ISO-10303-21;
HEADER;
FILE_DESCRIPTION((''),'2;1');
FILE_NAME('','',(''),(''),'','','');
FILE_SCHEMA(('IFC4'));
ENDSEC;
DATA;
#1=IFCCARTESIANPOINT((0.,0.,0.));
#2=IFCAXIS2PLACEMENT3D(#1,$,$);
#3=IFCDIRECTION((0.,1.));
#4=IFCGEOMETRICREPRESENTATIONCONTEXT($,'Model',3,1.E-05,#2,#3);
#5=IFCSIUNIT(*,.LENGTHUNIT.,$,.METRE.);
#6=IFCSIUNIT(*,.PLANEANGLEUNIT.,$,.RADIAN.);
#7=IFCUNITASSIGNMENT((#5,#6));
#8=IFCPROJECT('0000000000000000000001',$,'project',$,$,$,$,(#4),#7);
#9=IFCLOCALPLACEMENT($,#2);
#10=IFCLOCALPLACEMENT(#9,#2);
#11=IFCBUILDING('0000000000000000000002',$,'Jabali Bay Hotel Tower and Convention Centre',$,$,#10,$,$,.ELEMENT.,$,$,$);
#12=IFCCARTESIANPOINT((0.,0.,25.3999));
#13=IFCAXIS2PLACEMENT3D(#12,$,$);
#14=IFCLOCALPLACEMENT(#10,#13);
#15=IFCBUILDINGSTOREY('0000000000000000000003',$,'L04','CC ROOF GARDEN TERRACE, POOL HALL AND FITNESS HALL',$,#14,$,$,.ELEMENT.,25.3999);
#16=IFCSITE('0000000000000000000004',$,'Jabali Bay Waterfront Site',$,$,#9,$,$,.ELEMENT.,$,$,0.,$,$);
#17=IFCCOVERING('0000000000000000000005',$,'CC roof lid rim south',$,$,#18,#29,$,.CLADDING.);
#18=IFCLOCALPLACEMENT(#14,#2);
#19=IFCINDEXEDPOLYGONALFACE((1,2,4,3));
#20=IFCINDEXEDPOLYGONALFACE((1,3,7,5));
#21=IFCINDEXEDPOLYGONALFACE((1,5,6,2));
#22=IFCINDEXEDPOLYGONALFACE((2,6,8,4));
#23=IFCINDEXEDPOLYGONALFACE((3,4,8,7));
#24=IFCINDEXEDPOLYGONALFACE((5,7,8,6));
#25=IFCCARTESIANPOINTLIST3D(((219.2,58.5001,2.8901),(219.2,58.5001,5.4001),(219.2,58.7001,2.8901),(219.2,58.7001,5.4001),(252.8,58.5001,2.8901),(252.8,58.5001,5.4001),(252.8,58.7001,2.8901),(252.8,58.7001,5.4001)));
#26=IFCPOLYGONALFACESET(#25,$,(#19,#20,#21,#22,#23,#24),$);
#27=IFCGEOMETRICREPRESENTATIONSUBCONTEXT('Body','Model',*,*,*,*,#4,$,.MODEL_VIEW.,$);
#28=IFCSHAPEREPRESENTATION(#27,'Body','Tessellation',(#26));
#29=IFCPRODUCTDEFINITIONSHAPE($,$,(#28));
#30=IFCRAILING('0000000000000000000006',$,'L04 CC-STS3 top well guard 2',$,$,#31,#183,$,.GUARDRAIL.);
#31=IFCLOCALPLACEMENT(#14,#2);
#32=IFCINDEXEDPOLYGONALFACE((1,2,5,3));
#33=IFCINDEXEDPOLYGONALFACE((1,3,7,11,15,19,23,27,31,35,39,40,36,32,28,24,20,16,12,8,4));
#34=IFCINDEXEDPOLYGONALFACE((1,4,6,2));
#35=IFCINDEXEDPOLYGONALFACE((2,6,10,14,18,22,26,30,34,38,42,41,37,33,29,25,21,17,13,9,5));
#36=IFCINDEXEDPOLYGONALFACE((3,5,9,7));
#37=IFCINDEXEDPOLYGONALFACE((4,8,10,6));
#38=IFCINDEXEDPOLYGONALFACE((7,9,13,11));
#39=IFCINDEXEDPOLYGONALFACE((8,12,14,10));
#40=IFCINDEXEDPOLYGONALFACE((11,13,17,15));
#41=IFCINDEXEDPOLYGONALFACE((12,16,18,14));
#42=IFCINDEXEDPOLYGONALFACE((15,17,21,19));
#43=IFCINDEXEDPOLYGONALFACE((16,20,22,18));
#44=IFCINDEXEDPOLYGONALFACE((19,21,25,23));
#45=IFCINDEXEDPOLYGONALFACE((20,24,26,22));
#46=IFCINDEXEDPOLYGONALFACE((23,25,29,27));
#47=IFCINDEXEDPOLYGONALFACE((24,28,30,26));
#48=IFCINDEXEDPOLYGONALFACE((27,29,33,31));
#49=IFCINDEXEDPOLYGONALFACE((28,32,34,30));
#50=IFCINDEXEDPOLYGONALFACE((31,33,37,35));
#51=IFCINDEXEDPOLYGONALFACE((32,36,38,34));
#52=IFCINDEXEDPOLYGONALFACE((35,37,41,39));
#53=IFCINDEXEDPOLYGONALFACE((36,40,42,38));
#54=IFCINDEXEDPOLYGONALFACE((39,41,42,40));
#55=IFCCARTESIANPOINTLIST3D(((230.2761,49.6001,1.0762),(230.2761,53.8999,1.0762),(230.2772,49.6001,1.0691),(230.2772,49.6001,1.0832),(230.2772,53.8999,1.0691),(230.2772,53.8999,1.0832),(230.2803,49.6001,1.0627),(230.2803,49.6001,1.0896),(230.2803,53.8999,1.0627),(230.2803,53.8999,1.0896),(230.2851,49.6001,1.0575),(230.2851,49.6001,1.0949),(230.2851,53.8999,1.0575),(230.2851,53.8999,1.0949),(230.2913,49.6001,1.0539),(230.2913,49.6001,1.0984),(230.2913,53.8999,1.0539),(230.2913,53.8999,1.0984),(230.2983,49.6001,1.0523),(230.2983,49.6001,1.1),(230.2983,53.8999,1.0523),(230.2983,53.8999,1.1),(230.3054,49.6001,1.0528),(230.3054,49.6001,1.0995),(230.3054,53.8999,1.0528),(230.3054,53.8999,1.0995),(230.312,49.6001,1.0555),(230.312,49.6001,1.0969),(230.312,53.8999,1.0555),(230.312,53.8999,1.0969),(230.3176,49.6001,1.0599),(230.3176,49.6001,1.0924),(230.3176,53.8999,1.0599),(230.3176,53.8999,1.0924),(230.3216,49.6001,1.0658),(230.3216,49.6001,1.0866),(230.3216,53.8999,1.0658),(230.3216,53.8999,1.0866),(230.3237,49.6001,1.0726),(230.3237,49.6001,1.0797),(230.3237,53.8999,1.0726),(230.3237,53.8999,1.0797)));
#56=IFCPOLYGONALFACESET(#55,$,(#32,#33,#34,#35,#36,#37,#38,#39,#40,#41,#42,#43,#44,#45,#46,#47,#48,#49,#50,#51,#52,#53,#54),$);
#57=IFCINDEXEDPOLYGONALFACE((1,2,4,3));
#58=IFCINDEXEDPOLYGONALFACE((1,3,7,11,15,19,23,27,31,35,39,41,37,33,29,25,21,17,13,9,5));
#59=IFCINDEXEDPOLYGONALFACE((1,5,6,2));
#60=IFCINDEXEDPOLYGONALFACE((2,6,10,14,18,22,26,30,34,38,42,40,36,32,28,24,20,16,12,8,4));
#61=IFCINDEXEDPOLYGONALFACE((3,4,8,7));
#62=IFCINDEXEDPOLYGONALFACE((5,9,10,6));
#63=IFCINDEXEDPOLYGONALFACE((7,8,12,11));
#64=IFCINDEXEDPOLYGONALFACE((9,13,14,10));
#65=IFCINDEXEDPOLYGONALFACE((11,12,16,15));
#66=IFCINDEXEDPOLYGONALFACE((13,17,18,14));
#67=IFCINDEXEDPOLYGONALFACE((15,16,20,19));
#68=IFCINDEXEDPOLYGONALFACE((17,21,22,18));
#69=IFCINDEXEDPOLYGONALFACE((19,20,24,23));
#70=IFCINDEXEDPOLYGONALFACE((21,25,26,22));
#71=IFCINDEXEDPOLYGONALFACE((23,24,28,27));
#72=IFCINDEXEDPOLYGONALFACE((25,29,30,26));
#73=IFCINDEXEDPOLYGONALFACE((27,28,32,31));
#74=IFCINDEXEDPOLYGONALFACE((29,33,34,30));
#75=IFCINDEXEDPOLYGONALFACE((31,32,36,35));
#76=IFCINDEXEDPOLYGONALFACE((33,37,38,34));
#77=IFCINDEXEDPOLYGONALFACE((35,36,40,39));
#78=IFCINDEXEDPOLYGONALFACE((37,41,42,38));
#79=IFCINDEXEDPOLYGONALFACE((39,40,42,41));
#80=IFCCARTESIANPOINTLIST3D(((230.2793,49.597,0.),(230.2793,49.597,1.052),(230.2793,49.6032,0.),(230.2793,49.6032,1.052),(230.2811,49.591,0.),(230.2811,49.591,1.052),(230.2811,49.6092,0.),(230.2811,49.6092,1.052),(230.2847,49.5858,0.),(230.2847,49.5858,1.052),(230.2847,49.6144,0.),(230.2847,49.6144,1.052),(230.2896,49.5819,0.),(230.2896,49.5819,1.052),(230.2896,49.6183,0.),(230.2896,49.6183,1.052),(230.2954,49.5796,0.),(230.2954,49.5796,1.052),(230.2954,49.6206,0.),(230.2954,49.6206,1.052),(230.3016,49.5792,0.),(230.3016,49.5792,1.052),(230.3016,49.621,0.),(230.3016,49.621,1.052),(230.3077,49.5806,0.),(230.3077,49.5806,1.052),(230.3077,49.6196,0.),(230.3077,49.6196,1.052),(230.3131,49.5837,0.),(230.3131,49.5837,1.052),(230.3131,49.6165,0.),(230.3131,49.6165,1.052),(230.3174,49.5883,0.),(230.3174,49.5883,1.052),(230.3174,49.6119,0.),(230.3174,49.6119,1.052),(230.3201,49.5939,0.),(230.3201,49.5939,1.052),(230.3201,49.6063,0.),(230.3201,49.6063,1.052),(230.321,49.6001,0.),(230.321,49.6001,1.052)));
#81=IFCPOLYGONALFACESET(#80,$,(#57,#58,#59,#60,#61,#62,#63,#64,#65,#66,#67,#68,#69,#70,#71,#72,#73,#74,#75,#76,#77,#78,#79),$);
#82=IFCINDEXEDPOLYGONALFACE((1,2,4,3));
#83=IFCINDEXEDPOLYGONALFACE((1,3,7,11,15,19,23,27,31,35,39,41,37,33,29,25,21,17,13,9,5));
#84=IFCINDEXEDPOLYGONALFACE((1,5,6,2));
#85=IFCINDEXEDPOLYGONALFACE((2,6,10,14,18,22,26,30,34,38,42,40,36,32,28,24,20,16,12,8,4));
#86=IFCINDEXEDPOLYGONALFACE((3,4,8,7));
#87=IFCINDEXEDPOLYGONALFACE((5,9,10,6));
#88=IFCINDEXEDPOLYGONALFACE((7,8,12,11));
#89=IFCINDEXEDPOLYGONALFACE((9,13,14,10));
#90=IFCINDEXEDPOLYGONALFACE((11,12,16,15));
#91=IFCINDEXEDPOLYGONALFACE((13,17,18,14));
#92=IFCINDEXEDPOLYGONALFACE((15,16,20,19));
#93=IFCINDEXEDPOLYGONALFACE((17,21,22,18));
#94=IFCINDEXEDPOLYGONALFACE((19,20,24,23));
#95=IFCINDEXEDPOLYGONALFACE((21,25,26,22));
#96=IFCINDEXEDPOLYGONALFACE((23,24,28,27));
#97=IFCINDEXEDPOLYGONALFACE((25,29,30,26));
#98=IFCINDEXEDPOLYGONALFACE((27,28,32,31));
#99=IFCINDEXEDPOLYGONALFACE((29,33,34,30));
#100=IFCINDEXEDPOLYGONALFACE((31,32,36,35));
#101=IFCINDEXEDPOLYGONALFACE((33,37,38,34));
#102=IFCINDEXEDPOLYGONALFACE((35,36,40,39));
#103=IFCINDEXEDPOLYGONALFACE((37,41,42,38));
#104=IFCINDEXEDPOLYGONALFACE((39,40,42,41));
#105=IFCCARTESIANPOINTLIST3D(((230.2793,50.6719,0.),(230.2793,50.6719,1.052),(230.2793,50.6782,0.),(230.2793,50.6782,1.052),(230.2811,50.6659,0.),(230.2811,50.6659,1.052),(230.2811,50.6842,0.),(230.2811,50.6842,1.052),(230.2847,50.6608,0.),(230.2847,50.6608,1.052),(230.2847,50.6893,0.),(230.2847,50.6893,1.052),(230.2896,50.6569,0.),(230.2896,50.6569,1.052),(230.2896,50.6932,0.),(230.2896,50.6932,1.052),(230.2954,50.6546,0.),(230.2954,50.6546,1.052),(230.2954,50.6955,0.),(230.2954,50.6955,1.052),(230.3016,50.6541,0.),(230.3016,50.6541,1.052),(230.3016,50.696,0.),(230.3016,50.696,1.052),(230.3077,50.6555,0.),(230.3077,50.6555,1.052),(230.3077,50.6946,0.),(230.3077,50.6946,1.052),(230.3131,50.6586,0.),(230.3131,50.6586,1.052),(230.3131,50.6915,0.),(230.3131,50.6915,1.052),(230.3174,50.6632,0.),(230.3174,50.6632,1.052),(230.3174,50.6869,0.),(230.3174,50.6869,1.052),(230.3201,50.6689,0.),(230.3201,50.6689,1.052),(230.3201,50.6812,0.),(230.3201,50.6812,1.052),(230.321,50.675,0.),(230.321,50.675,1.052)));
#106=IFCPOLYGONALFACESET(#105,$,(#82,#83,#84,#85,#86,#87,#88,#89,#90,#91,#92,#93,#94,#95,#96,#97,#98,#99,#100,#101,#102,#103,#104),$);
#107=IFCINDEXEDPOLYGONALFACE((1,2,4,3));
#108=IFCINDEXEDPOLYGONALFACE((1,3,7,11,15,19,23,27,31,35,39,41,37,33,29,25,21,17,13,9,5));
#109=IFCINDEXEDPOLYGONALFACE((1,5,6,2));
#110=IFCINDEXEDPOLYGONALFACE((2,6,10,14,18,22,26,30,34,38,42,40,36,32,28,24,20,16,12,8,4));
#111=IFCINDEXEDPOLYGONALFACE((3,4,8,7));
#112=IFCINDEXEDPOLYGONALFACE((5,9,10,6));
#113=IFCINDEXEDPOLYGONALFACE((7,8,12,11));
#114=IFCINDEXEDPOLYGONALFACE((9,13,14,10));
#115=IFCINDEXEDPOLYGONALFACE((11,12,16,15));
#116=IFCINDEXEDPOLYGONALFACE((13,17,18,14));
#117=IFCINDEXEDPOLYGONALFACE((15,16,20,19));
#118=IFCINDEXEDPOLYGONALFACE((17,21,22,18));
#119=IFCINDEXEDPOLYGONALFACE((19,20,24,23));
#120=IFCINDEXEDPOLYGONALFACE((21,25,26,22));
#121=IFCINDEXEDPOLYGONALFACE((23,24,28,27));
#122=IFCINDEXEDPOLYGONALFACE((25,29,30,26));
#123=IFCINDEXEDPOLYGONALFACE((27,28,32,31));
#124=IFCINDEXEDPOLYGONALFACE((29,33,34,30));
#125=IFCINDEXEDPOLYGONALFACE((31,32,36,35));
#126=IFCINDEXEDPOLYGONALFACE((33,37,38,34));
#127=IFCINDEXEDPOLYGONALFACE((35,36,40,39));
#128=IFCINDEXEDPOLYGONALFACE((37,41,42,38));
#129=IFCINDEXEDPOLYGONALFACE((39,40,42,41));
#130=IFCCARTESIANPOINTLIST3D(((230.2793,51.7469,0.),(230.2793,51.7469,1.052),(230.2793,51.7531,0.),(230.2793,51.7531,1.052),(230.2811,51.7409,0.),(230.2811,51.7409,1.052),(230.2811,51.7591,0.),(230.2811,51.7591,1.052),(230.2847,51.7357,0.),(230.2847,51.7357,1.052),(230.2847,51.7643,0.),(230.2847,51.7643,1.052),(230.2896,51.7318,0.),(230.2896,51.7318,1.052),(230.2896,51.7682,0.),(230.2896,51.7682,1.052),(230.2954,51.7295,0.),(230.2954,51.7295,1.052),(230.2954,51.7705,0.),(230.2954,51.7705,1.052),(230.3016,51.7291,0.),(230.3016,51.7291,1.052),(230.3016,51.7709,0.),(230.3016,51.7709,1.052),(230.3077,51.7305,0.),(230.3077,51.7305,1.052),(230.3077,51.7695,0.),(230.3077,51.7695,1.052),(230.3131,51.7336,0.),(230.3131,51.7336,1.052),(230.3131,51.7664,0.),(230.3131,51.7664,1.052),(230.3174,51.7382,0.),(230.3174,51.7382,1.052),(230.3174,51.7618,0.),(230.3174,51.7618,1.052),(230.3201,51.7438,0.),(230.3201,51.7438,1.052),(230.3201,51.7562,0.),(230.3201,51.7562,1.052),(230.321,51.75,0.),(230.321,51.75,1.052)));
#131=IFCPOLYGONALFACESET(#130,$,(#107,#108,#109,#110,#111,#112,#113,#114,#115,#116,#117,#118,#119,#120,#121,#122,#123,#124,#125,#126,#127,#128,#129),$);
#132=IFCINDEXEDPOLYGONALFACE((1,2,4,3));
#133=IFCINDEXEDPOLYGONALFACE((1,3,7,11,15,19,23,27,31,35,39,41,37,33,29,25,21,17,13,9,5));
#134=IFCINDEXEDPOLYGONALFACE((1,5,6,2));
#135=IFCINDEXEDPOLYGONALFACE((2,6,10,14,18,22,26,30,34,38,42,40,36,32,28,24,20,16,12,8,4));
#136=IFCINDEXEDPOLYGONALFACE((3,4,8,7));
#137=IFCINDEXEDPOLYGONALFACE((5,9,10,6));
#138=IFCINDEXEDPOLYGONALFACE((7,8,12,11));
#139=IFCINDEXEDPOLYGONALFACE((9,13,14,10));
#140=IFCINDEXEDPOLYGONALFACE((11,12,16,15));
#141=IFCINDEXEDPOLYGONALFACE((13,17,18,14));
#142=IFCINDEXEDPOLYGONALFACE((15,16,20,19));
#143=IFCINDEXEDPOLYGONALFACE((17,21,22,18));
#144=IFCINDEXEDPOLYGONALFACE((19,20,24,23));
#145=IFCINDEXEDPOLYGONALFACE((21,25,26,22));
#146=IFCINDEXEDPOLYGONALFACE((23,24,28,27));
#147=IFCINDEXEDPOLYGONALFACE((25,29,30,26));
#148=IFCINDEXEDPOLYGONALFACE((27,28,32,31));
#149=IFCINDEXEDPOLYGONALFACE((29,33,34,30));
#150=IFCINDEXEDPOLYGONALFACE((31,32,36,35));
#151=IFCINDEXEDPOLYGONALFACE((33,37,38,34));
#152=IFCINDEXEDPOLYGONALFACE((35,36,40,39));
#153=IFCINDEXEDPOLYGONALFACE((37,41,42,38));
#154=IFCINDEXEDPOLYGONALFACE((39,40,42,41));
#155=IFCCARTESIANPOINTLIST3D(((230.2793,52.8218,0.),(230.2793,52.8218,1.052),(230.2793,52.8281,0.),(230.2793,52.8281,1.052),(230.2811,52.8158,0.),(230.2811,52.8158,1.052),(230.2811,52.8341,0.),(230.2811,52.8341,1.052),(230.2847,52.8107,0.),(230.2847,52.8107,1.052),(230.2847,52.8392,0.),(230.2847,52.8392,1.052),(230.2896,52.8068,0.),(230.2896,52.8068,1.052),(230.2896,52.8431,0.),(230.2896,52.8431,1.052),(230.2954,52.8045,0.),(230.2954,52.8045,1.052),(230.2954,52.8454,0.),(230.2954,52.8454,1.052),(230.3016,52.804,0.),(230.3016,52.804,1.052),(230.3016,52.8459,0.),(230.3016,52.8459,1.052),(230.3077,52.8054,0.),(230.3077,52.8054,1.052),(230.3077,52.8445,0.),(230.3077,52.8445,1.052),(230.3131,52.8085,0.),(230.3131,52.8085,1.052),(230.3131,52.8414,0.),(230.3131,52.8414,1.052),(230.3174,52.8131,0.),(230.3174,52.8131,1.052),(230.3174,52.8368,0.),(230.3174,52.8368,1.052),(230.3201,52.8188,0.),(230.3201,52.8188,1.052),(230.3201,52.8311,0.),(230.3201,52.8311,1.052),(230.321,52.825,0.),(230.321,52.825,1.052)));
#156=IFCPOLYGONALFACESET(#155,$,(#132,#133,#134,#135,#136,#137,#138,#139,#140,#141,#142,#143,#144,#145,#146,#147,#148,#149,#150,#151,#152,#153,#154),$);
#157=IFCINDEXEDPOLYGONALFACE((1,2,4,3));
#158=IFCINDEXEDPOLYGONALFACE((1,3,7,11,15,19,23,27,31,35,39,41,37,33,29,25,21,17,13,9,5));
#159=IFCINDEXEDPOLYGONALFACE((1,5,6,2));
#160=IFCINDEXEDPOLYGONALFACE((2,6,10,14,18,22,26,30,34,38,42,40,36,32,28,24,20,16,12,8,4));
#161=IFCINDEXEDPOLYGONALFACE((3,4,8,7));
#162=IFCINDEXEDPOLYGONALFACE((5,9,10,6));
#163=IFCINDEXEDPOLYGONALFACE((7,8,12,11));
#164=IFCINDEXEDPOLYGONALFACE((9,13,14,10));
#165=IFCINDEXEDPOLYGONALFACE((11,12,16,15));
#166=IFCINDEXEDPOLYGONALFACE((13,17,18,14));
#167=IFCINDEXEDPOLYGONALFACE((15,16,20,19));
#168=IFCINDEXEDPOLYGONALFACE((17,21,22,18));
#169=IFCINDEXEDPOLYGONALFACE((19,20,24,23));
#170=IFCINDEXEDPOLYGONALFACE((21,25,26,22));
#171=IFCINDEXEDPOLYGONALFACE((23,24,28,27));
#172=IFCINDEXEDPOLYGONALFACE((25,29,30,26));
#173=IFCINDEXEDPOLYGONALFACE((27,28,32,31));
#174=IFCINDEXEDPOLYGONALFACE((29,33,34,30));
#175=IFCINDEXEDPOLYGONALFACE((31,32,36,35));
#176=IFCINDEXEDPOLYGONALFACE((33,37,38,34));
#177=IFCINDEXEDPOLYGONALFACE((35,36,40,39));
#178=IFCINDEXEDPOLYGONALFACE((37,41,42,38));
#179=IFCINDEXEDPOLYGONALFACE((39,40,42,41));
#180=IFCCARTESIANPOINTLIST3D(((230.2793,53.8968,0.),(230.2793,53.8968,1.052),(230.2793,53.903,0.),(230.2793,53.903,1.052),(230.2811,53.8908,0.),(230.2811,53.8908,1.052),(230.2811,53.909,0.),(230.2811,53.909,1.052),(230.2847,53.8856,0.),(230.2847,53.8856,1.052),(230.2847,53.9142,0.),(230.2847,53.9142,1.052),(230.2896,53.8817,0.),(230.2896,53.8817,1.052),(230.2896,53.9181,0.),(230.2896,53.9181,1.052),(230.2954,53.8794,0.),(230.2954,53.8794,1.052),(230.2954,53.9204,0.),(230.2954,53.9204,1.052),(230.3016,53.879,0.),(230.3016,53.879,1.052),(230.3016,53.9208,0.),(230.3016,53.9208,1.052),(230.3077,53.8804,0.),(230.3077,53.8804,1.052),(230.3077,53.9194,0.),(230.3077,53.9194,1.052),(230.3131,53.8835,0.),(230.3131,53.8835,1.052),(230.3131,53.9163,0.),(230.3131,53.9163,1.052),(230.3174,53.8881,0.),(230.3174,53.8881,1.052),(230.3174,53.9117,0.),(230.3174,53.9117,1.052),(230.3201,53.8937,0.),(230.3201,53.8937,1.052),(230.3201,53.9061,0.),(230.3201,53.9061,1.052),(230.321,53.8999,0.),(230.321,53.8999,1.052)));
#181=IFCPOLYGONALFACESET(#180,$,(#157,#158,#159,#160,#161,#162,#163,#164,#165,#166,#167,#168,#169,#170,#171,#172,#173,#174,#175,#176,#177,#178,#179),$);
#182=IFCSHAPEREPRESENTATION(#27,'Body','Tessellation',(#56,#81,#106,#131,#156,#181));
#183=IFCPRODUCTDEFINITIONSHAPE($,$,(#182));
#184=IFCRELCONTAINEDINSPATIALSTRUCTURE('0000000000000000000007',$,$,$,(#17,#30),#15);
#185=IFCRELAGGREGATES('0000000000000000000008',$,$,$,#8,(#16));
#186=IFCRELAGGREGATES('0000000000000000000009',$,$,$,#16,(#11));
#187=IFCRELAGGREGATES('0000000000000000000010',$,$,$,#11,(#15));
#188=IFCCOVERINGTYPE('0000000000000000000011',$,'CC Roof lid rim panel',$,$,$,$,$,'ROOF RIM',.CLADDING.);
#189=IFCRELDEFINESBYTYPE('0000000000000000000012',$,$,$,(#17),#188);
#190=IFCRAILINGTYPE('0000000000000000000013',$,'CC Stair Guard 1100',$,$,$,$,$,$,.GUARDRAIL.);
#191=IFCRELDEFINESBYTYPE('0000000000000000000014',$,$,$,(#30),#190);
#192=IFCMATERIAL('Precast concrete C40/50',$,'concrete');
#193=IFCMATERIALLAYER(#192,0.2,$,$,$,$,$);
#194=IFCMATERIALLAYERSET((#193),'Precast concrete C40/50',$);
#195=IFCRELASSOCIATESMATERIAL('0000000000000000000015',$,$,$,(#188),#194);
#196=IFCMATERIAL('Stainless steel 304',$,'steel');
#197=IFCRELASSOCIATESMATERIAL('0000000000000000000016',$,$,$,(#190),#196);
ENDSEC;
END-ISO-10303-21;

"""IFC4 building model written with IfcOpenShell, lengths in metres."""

from ifc_helpers import new_model, si_unit, direction, frame, origin, origin_2d, place, context, subcontext, project, spatial, rectangle, circle, extrude, material, layer, layer_set, type_object, element, save


model = new_model("IFC4")

# Units and contexts
model_context = context("Model", 3, precision=1e-05, world=origin(), true_north=direction((0.0, 1.0)))
body_context = subcontext(model_context, "Body", "Model", "MODEL_VIEW")
ifc_project = project(units=[si_unit("LENGTHUNIT", "METRE"), si_unit("PLANEANGLEUNIT", "RADIAN")], contexts=[model_context])

# Site, building, storey
site_placement = place(None, origin())
site = spatial("IfcSite", under=ifc_project, at=site_placement, Name="Jabali Bay Waterfront Site", CompositionType="ELEMENT", RefElevation=0.0)
building_placement = place(site_placement, origin())
building = spatial("IfcBuilding", under=site, at=building_placement, Name="Jabali Bay Hotel Tower and Convention Centre", CompositionType="ELEMENT")
storey_placement = place(building_placement, frame((0.0, 0.0, 25.3999)))
storey = spatial("IfcBuildingStorey", under=building, at=storey_placement, Name="L04", Description="CC ROOF GARDEN TERRACE, POOL HALL AND FITNESS HALL", CompositionType="ELEMENT", Elevation=25.3999)

# Covering
ifc_material_1 = material(Name="Precast concrete C40/50", Category="concrete")
ifc_layer_1 = layer(ifc_material_1, 0.2)
ifc_layer_set_1 = layer_set([ifc_layer_1], Name="Precast concrete C40/50")
covering_type = type_object("IfcCoveringType", Name="CC Roof lid rim panel", ElementType="ROOF RIM", PredefinedType="CLADDING", material=ifc_layer_set_1)
covering_placement = place(storey_placement, frame((236.0, 58.6001, 2.8901), z_axis=(0.0, 0.0, 1.0), x_axis=(1.0, 0.0, 0.0)))
element("IfcCovering", 1, at=covering_placement, inside=storey, type_object=covering_type, Name="CC roof lid rim south", PredefinedType="CLADDING", context=body_context, shape_type="SweptSolid", body=[
    extrude(rectangle(XDim=33.6001, YDim=0.2, at=origin_2d()), origin(), (0.0, 0.0, 1.0), 2.51),
])

# Railing
ifc_material_2 = material(Name="Stainless steel 304", Category="steel")
railing_type = type_object("IfcRailingType", Name="CC Stair Guard 1100", PredefinedType="GUARDRAIL", material=ifc_material_2)
railing_placement = place(storey_placement, frame((230.3, 49.6001, 0.0)))
element("IfcRailing", 2, at=railing_placement, inside=storey, type_object=railing_type, Name="L04 CC-STS3 top well guard 2", PredefinedType="GUARDRAIL", context=body_context, shape_type="SweptSolid", body=[
    extrude(circle(Radius=0.0239, at=origin_2d()), frame((0.0, 0.0, 1.0762), z_axis=(0.0, 1.0, 0.0), x_axis=(-1.0, 0.0, 0.0)), (0.0, 0.0, 1.0), 4.2998),
    extrude(circle(Radius=0.021, at=origin_2d()), origin(), (0.0, 0.0, 1.0), 1.052),
    extrude(circle(Radius=0.021, at=origin_2d()), frame((0.0, 1.075, 0.0)), (0.0, 0.0, 1.0), 1.052),
    extrude(circle(Radius=0.021, at=origin_2d()), frame((0.0, 2.1499, 0.0)), (0.0, 0.0, 1.0), 1.052),
    extrude(circle(Radius=0.021, at=origin_2d()), frame((0.0, 3.2249, 0.0)), (0.0, 0.0, 1.0), 1.052),
    extrude(circle(Radius=0.021, at=origin_2d()), frame((0.0, 4.2998, 0.0)), (0.0, 0.0, 1.0), 1.052),
])

save(model, "model.ifc")
